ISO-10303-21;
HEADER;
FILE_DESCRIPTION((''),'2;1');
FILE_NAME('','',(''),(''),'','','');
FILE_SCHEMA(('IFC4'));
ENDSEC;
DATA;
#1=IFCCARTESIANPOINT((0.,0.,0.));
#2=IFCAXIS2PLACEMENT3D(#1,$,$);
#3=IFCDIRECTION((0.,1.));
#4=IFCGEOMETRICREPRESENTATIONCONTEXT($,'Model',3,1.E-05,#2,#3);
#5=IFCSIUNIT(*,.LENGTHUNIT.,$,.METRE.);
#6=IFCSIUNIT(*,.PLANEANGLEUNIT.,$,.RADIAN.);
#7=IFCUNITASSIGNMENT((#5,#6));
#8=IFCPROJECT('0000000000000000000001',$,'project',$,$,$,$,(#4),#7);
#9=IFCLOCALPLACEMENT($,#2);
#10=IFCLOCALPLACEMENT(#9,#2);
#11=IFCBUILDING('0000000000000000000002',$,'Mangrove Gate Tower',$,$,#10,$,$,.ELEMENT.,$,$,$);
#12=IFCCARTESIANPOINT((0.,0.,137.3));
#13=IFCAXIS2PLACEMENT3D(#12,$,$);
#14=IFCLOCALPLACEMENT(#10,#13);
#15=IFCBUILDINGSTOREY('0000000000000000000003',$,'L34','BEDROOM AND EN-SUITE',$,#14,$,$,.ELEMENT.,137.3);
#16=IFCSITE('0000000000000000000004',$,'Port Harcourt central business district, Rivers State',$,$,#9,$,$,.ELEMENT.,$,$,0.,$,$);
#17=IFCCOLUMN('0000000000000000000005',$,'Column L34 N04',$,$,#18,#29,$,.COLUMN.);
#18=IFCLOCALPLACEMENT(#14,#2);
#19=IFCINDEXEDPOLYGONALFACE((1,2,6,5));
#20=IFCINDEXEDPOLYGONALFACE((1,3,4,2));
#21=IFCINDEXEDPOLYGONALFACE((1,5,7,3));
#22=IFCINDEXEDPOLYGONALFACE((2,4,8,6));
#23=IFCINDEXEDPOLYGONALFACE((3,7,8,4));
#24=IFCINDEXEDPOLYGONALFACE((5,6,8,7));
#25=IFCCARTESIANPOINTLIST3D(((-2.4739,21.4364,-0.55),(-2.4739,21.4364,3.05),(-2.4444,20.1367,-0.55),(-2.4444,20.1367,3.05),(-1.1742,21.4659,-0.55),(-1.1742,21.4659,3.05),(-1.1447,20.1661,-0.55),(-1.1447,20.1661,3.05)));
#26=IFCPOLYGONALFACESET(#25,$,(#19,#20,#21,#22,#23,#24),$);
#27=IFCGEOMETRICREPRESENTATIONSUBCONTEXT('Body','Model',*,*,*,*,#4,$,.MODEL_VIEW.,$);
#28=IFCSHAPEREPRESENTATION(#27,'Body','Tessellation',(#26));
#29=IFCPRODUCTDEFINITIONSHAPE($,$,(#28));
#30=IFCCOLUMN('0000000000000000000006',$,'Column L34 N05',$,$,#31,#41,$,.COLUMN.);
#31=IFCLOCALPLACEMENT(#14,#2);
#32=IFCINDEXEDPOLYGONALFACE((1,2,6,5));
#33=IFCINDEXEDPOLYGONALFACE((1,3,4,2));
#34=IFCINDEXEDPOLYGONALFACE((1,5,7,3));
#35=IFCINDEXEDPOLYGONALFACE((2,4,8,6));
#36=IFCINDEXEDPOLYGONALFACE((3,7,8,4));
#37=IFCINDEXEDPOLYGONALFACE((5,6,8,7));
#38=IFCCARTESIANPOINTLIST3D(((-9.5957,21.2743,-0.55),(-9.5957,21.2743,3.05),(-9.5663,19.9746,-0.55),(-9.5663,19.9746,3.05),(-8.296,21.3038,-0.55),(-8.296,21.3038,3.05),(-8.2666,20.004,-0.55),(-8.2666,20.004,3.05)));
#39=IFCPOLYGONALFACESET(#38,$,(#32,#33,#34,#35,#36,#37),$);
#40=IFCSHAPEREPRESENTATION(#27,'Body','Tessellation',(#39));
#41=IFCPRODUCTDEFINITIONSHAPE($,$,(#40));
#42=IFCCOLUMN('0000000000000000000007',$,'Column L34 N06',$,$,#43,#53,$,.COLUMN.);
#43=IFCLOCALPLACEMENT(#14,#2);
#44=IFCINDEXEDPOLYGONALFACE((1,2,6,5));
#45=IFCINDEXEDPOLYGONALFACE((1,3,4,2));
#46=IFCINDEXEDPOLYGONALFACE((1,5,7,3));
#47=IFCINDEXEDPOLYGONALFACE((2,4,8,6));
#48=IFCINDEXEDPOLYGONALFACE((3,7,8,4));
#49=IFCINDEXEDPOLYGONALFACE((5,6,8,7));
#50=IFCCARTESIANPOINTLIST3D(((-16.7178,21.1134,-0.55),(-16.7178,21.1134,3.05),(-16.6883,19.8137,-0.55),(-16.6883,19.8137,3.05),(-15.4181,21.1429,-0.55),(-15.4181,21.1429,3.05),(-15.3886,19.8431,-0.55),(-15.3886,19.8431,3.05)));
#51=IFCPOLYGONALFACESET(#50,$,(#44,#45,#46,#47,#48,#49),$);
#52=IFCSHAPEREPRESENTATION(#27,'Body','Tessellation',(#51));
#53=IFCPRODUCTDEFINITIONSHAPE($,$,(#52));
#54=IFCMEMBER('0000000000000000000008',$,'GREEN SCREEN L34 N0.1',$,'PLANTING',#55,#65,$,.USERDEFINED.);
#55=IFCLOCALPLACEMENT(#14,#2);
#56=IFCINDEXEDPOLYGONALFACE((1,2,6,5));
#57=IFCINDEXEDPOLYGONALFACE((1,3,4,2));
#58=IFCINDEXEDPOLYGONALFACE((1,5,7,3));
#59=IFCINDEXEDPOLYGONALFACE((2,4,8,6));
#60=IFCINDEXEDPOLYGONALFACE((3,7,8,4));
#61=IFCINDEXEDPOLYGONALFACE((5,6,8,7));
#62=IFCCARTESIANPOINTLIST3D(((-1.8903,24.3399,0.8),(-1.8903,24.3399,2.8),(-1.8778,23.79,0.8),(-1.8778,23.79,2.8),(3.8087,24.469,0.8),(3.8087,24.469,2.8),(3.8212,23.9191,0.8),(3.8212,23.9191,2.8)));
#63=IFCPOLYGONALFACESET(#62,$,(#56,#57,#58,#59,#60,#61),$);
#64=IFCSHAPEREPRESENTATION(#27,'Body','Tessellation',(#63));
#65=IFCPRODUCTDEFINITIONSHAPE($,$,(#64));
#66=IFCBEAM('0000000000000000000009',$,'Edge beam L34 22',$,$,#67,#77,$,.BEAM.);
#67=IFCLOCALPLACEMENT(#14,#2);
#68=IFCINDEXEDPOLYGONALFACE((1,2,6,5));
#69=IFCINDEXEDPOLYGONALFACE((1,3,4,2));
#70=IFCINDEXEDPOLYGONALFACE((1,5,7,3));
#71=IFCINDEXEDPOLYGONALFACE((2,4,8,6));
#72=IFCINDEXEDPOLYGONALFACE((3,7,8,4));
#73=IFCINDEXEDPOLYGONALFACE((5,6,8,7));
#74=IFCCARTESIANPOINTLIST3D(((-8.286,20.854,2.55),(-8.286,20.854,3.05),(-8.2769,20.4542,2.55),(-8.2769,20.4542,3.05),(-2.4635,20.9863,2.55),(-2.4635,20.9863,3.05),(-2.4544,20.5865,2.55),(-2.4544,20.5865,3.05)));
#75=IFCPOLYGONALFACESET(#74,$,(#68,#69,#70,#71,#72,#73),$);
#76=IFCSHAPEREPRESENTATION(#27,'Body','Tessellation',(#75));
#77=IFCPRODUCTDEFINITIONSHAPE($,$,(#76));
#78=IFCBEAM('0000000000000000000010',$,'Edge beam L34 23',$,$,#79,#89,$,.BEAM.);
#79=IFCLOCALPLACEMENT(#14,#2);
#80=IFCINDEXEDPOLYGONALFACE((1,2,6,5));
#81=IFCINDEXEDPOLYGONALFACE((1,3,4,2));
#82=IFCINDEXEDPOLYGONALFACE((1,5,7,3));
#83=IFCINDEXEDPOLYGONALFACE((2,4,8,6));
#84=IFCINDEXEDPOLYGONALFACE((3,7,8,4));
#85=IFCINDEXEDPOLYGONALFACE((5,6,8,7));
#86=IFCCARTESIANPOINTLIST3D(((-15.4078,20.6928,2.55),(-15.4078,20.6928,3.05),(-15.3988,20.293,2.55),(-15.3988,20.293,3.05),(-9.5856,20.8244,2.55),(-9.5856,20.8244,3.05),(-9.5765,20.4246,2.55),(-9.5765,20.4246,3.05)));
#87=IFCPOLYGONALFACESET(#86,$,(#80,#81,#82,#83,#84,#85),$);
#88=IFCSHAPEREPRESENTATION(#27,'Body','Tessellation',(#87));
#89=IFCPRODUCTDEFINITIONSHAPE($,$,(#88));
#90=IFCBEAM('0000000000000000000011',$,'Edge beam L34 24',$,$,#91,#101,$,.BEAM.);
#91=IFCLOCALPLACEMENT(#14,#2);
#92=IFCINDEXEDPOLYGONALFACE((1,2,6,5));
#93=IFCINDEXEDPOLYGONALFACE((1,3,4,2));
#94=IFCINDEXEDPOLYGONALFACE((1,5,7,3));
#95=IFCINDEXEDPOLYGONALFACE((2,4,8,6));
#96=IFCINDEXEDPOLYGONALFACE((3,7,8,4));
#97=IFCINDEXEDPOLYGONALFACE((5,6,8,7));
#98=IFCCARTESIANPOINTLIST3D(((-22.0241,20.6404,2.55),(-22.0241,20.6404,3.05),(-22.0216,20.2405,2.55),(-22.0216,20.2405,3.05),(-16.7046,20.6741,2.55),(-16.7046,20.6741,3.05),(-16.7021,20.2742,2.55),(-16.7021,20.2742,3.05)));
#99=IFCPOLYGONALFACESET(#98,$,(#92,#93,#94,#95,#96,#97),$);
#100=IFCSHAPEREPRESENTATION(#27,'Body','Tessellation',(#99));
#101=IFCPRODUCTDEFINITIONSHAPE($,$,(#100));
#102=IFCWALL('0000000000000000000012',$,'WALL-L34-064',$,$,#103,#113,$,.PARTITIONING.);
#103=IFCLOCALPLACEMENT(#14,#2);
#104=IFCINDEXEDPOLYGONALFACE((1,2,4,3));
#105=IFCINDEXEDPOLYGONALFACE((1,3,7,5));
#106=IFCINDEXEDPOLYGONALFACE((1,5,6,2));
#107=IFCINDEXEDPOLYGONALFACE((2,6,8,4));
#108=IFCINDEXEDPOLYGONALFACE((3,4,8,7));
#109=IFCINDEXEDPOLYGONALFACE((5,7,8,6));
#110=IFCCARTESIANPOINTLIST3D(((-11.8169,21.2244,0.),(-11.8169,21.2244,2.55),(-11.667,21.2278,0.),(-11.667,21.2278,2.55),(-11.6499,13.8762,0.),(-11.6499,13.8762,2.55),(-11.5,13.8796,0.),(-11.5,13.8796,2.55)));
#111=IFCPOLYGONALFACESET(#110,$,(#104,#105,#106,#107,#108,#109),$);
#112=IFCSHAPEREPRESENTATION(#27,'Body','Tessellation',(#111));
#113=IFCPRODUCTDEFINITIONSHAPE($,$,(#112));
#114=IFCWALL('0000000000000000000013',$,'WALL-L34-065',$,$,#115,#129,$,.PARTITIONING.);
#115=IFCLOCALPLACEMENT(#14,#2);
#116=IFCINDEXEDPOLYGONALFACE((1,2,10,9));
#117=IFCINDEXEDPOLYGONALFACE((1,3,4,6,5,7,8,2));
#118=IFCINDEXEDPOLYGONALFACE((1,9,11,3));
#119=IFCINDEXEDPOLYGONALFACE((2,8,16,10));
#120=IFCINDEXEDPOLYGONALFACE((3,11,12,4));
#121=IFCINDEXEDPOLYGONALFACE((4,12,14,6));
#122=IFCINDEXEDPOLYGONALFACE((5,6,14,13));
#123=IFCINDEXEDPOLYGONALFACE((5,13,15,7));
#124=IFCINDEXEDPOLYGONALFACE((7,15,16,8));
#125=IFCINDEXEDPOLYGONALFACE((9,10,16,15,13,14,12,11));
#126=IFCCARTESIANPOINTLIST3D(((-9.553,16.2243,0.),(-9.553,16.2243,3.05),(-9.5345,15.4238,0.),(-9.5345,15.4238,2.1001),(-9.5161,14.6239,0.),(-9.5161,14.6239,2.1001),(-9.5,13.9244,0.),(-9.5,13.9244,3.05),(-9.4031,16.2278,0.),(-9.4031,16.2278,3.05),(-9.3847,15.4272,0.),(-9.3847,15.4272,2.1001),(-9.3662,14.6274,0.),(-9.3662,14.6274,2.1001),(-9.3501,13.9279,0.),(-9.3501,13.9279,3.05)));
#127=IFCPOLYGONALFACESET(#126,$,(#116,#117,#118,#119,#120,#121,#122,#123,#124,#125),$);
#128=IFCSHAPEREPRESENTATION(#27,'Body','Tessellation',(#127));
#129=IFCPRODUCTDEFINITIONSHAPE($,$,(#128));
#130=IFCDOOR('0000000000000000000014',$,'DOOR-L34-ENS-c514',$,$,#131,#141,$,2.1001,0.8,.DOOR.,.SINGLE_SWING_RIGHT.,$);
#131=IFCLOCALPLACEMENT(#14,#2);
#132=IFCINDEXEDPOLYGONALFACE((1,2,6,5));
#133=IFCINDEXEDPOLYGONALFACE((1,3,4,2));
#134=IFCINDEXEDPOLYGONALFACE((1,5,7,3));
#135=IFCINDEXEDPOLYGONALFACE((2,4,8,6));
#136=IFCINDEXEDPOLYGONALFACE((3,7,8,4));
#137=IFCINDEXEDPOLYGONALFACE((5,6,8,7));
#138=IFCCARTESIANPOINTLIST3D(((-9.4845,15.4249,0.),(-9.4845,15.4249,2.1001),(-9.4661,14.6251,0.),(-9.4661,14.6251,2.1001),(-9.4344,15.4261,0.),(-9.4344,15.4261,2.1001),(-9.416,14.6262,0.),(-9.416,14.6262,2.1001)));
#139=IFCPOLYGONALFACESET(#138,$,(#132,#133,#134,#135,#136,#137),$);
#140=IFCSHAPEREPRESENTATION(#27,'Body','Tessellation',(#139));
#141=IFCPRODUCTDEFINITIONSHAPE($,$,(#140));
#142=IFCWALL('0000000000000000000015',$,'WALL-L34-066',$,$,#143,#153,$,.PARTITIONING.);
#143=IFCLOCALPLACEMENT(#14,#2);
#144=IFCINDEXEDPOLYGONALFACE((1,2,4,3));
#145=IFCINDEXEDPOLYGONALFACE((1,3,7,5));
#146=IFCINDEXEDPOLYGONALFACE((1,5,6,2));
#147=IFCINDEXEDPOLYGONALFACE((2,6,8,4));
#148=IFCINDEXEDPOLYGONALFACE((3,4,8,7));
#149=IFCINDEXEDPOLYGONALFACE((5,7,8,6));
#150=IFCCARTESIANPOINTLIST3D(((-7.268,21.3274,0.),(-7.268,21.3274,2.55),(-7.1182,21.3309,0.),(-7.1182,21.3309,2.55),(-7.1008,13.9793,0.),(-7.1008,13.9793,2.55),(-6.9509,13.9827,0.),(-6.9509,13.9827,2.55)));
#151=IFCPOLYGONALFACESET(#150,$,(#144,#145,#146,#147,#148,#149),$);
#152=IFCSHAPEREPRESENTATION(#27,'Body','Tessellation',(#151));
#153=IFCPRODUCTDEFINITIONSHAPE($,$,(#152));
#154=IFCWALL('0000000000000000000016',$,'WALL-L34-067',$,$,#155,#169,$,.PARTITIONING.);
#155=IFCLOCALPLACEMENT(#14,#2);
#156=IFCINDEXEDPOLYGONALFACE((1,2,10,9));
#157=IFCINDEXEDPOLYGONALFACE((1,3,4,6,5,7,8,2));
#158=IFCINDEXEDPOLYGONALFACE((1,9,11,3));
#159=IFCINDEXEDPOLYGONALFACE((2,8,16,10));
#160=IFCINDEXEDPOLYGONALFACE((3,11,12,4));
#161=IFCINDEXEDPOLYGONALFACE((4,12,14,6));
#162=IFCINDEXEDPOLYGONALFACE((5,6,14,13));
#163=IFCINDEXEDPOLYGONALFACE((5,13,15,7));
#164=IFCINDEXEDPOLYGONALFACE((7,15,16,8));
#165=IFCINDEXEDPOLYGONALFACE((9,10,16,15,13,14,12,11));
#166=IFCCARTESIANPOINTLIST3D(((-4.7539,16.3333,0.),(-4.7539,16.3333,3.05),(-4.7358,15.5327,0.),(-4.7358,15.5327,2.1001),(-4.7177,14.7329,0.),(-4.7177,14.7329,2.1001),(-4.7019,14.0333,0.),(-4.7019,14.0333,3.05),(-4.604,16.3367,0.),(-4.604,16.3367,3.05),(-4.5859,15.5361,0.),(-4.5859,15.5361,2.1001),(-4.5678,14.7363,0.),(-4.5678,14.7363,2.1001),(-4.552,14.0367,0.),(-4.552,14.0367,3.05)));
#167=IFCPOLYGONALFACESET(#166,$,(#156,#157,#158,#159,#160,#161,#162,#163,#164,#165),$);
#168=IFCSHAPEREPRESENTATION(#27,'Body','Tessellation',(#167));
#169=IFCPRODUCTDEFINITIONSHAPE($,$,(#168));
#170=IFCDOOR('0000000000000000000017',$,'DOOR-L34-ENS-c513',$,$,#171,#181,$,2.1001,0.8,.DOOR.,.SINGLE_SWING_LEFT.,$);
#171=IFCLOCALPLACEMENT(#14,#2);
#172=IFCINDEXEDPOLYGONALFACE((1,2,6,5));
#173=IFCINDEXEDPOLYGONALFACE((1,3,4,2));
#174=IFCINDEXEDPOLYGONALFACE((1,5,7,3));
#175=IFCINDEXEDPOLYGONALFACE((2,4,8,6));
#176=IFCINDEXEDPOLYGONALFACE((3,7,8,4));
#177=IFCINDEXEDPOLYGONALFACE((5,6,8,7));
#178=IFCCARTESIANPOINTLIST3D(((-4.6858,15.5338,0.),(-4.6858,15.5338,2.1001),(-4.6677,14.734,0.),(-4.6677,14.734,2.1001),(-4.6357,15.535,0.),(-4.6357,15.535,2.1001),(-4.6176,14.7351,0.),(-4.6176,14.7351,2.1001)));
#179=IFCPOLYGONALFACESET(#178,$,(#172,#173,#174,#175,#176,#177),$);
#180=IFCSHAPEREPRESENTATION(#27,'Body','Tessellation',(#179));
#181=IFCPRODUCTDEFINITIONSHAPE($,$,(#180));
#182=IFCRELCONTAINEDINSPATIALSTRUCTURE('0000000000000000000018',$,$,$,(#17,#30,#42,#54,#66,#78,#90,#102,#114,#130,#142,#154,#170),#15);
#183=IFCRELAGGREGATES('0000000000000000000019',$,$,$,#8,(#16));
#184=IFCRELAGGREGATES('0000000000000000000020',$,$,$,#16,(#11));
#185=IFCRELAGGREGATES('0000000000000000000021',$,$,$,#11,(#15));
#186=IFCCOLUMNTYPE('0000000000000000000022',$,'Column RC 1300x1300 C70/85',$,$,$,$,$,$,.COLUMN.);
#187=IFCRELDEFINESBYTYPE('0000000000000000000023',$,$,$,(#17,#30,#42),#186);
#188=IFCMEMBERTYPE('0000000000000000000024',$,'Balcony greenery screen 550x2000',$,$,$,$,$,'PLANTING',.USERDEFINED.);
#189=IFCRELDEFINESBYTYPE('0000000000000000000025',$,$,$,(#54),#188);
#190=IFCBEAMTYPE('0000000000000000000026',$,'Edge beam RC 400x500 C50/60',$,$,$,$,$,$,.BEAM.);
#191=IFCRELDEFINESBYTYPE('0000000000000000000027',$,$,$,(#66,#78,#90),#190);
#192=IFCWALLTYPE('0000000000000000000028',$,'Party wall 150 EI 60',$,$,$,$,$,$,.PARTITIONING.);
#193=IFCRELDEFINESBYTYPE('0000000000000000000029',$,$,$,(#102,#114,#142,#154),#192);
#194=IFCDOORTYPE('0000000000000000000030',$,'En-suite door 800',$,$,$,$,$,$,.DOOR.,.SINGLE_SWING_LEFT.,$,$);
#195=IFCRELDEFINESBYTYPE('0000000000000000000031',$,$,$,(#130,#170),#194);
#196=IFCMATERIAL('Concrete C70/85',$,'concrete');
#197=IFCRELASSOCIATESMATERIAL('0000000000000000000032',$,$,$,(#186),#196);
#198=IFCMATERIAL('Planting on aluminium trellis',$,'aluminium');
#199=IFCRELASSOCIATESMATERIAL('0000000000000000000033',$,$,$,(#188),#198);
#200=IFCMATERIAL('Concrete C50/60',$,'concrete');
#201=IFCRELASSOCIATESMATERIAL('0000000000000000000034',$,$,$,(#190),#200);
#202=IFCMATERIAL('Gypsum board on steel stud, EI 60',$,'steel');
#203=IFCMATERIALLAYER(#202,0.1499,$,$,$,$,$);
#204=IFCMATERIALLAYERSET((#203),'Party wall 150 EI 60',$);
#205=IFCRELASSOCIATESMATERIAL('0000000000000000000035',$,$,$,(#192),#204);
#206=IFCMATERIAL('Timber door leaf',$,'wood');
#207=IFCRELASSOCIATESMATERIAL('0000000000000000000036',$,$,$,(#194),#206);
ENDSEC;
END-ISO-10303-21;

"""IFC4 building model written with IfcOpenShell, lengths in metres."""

from ifc_helpers import new_model, si_unit, direction, frame, frame_2d, origin, origin_2d, place, context, subcontext, project, spatial, rectangle, extrude, material, layer, layer_set, material_profile, profile_set, type_object, element, fill, save


model = new_model("IFC4")

# Units and contexts
model_context = context("Model", 3, precision=1e-05, world=origin(), true_north=direction((0.0, 1.0)))
body_context = subcontext(model_context, "Body", "Model", "MODEL_VIEW")
ifc_project = project(units=[si_unit("LENGTHUNIT", "METRE"), si_unit("PLANEANGLEUNIT", "RADIAN")], contexts=[model_context])

# Site, building, storey
site_placement = place(None, origin())
site = spatial("IfcSite", under=ifc_project, at=site_placement, Name="Port Harcourt central business district, Rivers State", CompositionType="ELEMENT", RefElevation=0.0)
building_placement = place(site_placement, origin())
building = spatial("IfcBuilding", under=site, at=building_placement, Name="Mangrove Gate Tower", CompositionType="ELEMENT")
storey_placement = place(building_placement, frame((0.0, 0.0, 137.3)))
storey = spatial("IfcBuildingStorey", under=building, at=storey_placement, Name="L34", Description="BEDROOM AND EN-SUITE", CompositionType="ELEMENT", Elevation=137.3)

# Columns
ifc_material_1 = material(Name="Concrete C70/85", Category="concrete")
ifc_material_profile_1 = material_profile(ifc_material_1, rectangle(XDim=1.3, YDim=1.3, at=origin_2d()))
ifc_profile_set_1 = profile_set([ifc_material_profile_1], Name="Concrete C70/85")
column_type = type_object("IfcColumnType", Name="Column RC 1300x1300 C70/85", PredefinedType="COLUMN", material=ifc_profile_set_1)
for number, where, z_axis, x_axis, name in (
    (1, (-1.8093, 20.8013, -0.55), (0.0, 0.0, 1.0), (-0.999743, -0.02267, 0.0), "Column L34 N04"),
    (2, (-8.9312, 20.6392, -0.55), (0.0, 0.0, 1.0), (-0.999743, -0.02267, 0.0), "Column L34 N05"),
    (3, (-16.0532, 20.4783, -0.55), (0.0, 0.0, 1.0), (-0.999743, -0.022669, 0.0), "Column L34 N06"),
):
    element("IfcColumn", number, at=place(storey_placement, frame(where, z_axis=z_axis, x_axis=x_axis)), inside=storey, type_object=column_type, Name=name, PredefinedType="COLUMN", context=body_context, shape_type="SweptSolid", body=[
        extrude(rectangle(XDim=1.3, YDim=1.3, at=origin_2d()), origin(), (0.0, 0.0, 1.0), 3.6001),
    ])

# Member
ifc_material_2 = material(Name="Planting on aluminium trellis", Category="aluminium")
ifc_material_profile_2 = material_profile(ifc_material_2, rectangle(XDim=0.55, YDim=2.0, at=origin_2d()))
ifc_profile_set_2 = profile_set([ifc_material_profile_2], Name="Planting on aluminium trellis")
member_type = type_object("IfcMemberType", Name="Balcony greenery screen 550x2000", ElementType="PLANTING", PredefinedType="USERDEFINED", material=ifc_profile_set_2)
member_placement = place(storey_placement, frame((-1.884, 24.0649, 1.8), z_axis=(0.999743, 0.022656, 0.0), x_axis=(-0.022656, 0.999743, 0.0)))
element("IfcMember", 4, at=member_placement, inside=storey, type_object=member_type, Name="GREEN SCREEN L34 N0.1", ObjectType="PLANTING", PredefinedType="USERDEFINED", context=body_context, shape_type="SweptSolid", body=[
    extrude(rectangle(XDim=0.55, YDim=2.0, at=origin_2d()), origin(), (0.0, 0.0, 1.0), 5.7004),
])

# Beams
ifc_material_3 = material(Name="Concrete C50/60", Category="concrete")
ifc_material_profile_3 = material_profile(ifc_material_3, rectangle(XDim=0.3999, YDim=0.5, at=origin_2d()))
ifc_profile_set_3 = profile_set([ifc_material_profile_3], Name="Concrete C50/60")
beam_type = type_object("IfcBeamType", Name="Edge beam RC 400x500 C50/60", PredefinedType="BEAM", material=ifc_profile_set_3)
beam_1_placement = place(storey_placement, frame((-2.459, 20.7864, 2.8), z_axis=(-0.999742, -0.02272, 0.0), x_axis=(0.02272, -0.999742, 0.0)))
element("IfcBeam", 5, at=beam_1_placement, inside=storey, type_object=beam_type, Name="Edge beam L34 22", PredefinedType="BEAM", context=body_context, shape_type="SweptSolid", body=[
    extrude(rectangle(XDim=0.3999, YDim=0.5, at=origin_2d()), origin(), (0.0, 0.0, 1.0), 5.824),
])
beam_2_placement = place(storey_placement, frame((-9.5811, 20.6245, 2.8), z_axis=(-0.999745, -0.022596, 0.0), x_axis=(0.022596, -0.999745, 0.0)))
element("IfcBeam", 6, at=beam_2_placement, inside=storey, type_object=beam_type, Name="Edge beam L34 23", PredefinedType="BEAM", context=body_context, shape_type="SweptSolid", body=[
    extrude(rectangle(XDim=0.3999, YDim=0.5, at=origin_2d()), origin(), (0.0, 0.0, 1.0), 5.8237),
])
beam_3_placement = place(storey_placement, frame((-16.7034, 20.4741, 2.8), z_axis=(-0.99998, -0.006333, 0.0), x_axis=(0.006333, -0.99998, 0.0)))
element("IfcBeam", 7, at=beam_3_placement, inside=storey, type_object=beam_type, Name="Edge beam L34 24", PredefinedType="BEAM", context=body_context, shape_type="SweptSolid", body=[
    extrude(rectangle(XDim=0.3999, YDim=0.5, at=origin_2d()), origin(), (0.0, 0.0, 1.0), 5.3196),
])

# Wall
ifc_material_4 = material(Name="Gypsum board on steel stud, EI 60", Category="steel")
ifc_layer_1 = layer(ifc_material_4, 0.1499)
ifc_layer_set_1 = layer_set([ifc_layer_1], Name="Party wall 150 EI 60")
wall_type_1 = type_object("IfcWallType", Name="Party wall 150 EI 60", PredefinedType="PARTITIONING", material=ifc_layer_set_1)
wall_1_placement = place(storey_placement, frame((-11.575, 13.8779, 0.0), z_axis=(0.0, 0.0, 1.0), x_axis=(-0.02272, 0.999742, 0.0)))
element("IfcWall", 8, at=wall_1_placement, inside=storey, type_object=wall_type_1, Name="WALL-L34-064", PredefinedType="PARTITIONING", context=body_context, shape_type="SweptSolid", body=[
    extrude(rectangle(XDim=7.3501, YDim=0.1499, at=frame_2d((3.675, 0.0))), origin(), (0.0, 0.0, 1.0), 2.55),
])

# Wall, opening, door
wall_2_placement = place(storey_placement, frame((-9.425, 13.926, 0.0), z_axis=(0.0, 0.0, 1.0), x_axis=(-0.023028, 0.999735, 0.0)))
wall_2 = element("IfcWall", 9, at=wall_2_placement, inside=storey, type_object=wall_type_1, Name="WALL-L34-065", PredefinedType="PARTITIONING", context=body_context, shape_type="SweptSolid", body=[
    extrude(rectangle(XDim=2.3005, YDim=0.1499, at=frame_2d((1.1504, 0.0))), origin(), (0.0, 0.0, 1.0), 3.05),
])
opening_1_placement = place(wall_2_placement, frame((0.7, 0.0, 0.0)))
opening_1 = element("IfcOpeningElement", 10, at=opening_1_placement, cuts=wall_2, PredefinedType="OPENING", context=body_context, shape_type="SweptSolid", body=[
    extrude(rectangle(XDim=0.8, YDim=2.1001, at=frame_2d((0.3999, 1.05))), frame((0.0, 0.085, 0.0), z_axis=(0.0, -1.0, 0.0), x_axis=(1.0, 0.0, 0.0)), (0.0, 0.0, 1.0), 0.1699),
])
ifc_material_5 = material(Name="Timber door leaf", Category="wood")
door_type = type_object("IfcDoorType", Name="En-suite door 800", OperationType="SINGLE_SWING_LEFT", PredefinedType="DOOR", material=ifc_material_5)
door_1_placement = place(opening_1_placement, origin())
door_1 = element("IfcDoor", 11, at=door_1_placement, inside=storey, type_object=door_type, Name="DOOR-L34-ENS-c514", OperationType="SINGLE_SWING_RIGHT", OverallHeight=2.1001, OverallWidth=0.8, PredefinedType="DOOR", context=body_context, shape_type="SweptSolid", body=[
    extrude(rectangle(XDim=0.8, YDim=2.1001, at=frame_2d((0.3999, 1.05))), frame((0.0, 0.0249, 0.0), z_axis=(0.0, -1.0, 0.0), x_axis=(1.0, 0.0, 0.0)), (0.0, 0.0, 1.0), 0.05),
])
fill(opening_1, door_1)

# Wall
wall_3_placement = place(storey_placement, frame((-7.0259, 13.981, 0.0), z_axis=(0.0, 0.0, 1.0), x_axis=(-0.022753, 0.999741, 0.0)))
element("IfcWall", 12, at=wall_3_placement, inside=storey, type_object=wall_type_1, Name="WALL-L34-066", PredefinedType="PARTITIONING", context=body_context, shape_type="SweptSolid", body=[
    extrude(rectangle(XDim=7.3501, YDim=0.1499, at=frame_2d((3.675, 0.0))), origin(), (0.0, 0.0, 1.0), 2.55),
])

# Wall, opening, door
wall_4_placement = place(storey_placement, frame((-4.627, 14.0349, 0.0), z_axis=(0.0, 0.0, 1.0), x_axis=(-0.022603, 0.999745, 0.0)))
wall_4 = element("IfcWall", 13, at=wall_4_placement, inside=storey, type_object=wall_type_1, Name="WALL-L34-067", PredefinedType="PARTITIONING", context=body_context, shape_type="SweptSolid", body=[
    extrude(rectangle(XDim=2.3005, YDim=0.1499, at=frame_2d((1.1504, 0.0))), origin(), (0.0, 0.0, 1.0), 3.05),
])
opening_2_placement = place(wall_4_placement, frame((0.7, 0.0, 0.0)))
opening_2 = element("IfcOpeningElement", 14, at=opening_2_placement, cuts=wall_4, PredefinedType="OPENING", context=body_context, shape_type="SweptSolid", body=[
    extrude(rectangle(XDim=0.8, YDim=2.1001, at=frame_2d((0.3999, 1.05))), frame((0.0, 0.085, 0.0), z_axis=(0.0, -1.0, 0.0), x_axis=(1.0, 0.0, 0.0)), (0.0, 0.0, 1.0), 0.1699),
])
door_2_placement = place(opening_2_placement, origin())
door_2 = element("IfcDoor", 15, at=door_2_placement, inside=storey, type_object=door_type, Name="DOOR-L34-ENS-c513", OperationType="SINGLE_SWING_LEFT", OverallHeight=2.1001, OverallWidth=0.8, PredefinedType="DOOR", context=body_context, shape_type="SweptSolid", body=[
    extrude(rectangle(XDim=0.8, YDim=2.1001, at=frame_2d((0.3999, 1.05))), frame((0.0, 0.0249, 0.0), z_axis=(0.0, -1.0, 0.0), x_axis=(1.0, 0.0, 0.0)), (0.0, 0.0, 1.0), 0.05),
])
fill(opening_2, door_2)

save(model, "model.ifc")
